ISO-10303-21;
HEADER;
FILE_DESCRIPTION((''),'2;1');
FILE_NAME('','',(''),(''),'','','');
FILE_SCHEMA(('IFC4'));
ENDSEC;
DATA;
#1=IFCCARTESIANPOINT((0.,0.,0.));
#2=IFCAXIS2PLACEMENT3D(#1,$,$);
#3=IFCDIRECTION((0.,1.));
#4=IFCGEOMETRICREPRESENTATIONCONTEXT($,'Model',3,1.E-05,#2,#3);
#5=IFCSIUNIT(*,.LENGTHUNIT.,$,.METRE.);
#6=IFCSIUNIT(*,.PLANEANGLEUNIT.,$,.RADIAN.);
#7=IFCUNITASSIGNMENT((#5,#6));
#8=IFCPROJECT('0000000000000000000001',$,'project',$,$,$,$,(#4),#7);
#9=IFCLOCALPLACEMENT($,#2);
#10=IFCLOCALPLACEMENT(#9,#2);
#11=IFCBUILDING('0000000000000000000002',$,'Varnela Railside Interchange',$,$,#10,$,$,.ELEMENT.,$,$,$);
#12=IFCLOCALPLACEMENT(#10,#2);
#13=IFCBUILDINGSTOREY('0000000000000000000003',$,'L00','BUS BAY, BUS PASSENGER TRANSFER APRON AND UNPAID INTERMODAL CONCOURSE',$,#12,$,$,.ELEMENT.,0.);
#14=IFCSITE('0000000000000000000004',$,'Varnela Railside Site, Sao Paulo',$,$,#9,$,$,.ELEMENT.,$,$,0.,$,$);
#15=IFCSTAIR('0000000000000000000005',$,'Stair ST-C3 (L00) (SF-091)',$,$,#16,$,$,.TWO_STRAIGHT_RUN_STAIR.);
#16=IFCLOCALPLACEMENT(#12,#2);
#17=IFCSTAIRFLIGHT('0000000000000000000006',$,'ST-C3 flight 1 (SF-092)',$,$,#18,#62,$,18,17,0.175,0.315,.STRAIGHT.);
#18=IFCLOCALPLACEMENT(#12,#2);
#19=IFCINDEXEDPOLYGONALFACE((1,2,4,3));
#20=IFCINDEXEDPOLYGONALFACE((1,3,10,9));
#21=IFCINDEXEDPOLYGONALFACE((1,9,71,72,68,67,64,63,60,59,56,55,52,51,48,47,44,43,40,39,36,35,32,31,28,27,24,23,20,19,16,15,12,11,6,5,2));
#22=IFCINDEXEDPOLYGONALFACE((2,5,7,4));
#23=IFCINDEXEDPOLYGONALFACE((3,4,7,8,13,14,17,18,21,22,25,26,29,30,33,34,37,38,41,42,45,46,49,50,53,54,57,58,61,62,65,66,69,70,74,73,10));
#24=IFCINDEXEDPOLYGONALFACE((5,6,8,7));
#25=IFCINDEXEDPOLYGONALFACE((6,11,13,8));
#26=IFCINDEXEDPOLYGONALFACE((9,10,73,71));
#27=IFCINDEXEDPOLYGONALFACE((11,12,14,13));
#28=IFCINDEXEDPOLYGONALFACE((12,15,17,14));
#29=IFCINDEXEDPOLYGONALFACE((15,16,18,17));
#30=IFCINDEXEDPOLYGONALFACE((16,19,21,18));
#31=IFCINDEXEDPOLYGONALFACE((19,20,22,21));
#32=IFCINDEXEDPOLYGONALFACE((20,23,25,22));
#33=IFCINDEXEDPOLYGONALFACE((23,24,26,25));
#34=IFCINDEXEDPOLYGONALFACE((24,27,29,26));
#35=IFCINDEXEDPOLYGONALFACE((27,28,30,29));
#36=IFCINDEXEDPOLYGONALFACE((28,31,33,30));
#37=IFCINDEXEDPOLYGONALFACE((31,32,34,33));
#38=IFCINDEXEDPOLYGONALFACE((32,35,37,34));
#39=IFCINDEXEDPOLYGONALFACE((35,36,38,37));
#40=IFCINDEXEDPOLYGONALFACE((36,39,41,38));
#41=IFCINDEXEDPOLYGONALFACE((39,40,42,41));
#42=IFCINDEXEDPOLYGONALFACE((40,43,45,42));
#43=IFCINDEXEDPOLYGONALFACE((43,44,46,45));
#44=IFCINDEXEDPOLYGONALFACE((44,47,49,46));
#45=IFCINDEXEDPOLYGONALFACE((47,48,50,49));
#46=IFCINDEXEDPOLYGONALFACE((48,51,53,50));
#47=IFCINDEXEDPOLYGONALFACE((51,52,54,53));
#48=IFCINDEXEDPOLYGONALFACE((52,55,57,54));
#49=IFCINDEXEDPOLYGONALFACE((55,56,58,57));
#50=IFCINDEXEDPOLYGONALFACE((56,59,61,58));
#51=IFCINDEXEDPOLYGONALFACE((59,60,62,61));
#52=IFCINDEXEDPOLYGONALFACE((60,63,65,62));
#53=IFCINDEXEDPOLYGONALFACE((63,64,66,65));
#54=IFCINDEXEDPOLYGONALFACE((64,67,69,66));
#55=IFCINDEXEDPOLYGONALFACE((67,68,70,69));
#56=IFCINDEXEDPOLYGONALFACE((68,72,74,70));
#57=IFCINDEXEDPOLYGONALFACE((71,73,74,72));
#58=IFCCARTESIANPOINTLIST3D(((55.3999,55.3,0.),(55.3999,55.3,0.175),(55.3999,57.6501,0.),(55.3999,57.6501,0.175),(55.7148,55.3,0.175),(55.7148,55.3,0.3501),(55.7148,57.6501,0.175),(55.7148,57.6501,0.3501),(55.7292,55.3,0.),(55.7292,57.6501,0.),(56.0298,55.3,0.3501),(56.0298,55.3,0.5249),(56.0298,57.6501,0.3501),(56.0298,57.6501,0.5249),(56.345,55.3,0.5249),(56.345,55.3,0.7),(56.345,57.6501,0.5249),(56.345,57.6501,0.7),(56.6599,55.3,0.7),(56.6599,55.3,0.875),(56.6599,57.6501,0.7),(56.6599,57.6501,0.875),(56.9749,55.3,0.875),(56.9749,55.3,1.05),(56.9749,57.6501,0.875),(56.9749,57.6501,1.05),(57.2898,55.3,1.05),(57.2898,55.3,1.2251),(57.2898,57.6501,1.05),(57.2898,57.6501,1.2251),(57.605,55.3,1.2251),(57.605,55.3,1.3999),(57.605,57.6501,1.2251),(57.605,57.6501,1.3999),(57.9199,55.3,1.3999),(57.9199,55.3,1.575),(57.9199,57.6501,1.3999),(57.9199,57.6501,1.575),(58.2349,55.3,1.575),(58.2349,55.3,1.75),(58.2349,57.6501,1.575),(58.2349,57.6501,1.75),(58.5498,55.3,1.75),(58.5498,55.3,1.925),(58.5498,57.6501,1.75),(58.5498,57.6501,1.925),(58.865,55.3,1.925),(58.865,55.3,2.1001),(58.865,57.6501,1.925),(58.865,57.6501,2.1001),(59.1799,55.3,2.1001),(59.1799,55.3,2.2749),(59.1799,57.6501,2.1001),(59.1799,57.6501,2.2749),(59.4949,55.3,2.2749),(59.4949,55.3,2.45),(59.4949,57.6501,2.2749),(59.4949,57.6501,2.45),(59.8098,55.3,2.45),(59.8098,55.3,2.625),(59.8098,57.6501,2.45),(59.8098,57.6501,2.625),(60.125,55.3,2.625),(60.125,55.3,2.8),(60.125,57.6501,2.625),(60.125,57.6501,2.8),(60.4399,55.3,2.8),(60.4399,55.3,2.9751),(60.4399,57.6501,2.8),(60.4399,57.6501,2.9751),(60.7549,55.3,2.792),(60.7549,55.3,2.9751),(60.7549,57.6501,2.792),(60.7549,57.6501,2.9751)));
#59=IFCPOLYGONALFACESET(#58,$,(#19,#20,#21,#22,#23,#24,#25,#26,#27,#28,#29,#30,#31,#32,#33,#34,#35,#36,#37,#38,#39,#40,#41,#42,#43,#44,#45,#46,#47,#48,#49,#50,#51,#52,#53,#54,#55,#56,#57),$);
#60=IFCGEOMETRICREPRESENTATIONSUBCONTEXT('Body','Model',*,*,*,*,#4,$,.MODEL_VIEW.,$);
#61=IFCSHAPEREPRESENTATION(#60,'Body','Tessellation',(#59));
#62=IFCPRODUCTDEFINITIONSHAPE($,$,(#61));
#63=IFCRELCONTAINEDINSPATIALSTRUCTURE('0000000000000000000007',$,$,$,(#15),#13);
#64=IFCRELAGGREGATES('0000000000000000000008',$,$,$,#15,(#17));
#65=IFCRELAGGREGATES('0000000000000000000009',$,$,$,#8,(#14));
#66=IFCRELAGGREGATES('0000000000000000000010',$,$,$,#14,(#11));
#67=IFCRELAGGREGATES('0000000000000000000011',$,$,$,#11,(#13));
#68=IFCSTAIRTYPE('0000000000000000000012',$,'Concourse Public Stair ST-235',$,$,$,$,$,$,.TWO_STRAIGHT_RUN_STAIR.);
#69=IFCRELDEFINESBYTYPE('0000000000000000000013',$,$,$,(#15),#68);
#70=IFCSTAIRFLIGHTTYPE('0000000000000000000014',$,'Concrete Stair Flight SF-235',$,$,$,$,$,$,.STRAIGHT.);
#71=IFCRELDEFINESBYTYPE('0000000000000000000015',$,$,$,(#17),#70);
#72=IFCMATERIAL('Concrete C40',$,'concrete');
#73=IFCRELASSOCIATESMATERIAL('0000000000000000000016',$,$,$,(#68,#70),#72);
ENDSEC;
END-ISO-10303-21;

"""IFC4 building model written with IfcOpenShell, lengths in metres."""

from ifc_helpers import new_model, si_unit, direction, frame, origin, place, context, subcontext, project, spatial, polyline, outline, extrude, material, type_object, element, aggregate, save


model = new_model("IFC4")

# Units and contexts
model_context = context("Model", 3, precision=1e-05, world=origin(), true_north=direction((0.0, 1.0)))
body_context = subcontext(model_context, "Body", "Model", "MODEL_VIEW")
ifc_project = project(units=[si_unit("LENGTHUNIT", "METRE"), si_unit("PLANEANGLEUNIT", "RADIAN")], contexts=[model_context])

# Site, building, storey
site_placement = place(None, origin())
site = spatial("IfcSite", under=ifc_project, at=site_placement, Name="Varnela Railside Site, Sao Paulo", CompositionType="ELEMENT", RefElevation=0.0)
building_placement = place(site_placement, origin())
building = spatial("IfcBuilding", under=site, at=building_placement, Name="Varnela Railside Interchange", CompositionType="ELEMENT")
storey_placement = place(building_placement, origin())
storey = spatial("IfcBuildingStorey", under=building, at=storey_placement, Name="L00", Description="BUS BAY, BUS PASSENGER TRANSFER APRON AND UNPAID INTERMODAL CONCOURSE", CompositionType="ELEMENT", Elevation=0.0)

# Shared definitions
ifc_material_1 = material(Name="Concrete C40", Category="concrete")

# Stair, stair flight
stair_type = type_object("IfcStairType", Name="Concourse Public Stair ST-235", PredefinedType="TWO_STRAIGHT_RUN_STAIR", material=ifc_material_1)
stair_placement = place(storey_placement, origin())
stair = element("IfcStair", 1, at=stair_placement, inside=storey, type_object=stair_type, Name="Stair ST-C3 (L00) (SF-091)", PredefinedType="TWO_STRAIGHT_RUN_STAIR")
stair_flight_type = type_object("IfcStairFlightType", Name="Concrete Stair Flight SF-235", PredefinedType="STRAIGHT", material=ifc_material_1)
stair_flight_placement = place(storey_placement, frame((55.3999, 56.4751, 0.0), z_axis=(0.0, 0.0, 1.0), x_axis=(1.0, 0.0, 0.0)))
stair_flight = element("IfcStairFlight", 2, at=stair_flight_placement, type_object=stair_flight_type, Name="ST-C3 flight 1 (SF-092)", NumberOfRisers=18, NumberOfTreads=17, PredefinedType="STRAIGHT", RiserHeight=0.175, TreadLength=0.315, context=body_context, shape_type="SweptSolid", body=[
    extrude(outline(polyline([(0.0, 0.0), (0.0, 0.175), (0.3149, 0.175), (0.3149, 0.3501), (0.6299, 0.3501), (0.6299, 0.5249), (0.9451, 0.5249), (0.9451, 0.7), (1.26, 0.7), (1.26, 0.875), (1.575, 0.875), (1.575, 1.05), (1.8899, 1.05), (1.8899, 1.2251), (2.2051, 1.2251), (2.2051, 1.3999), (2.52, 1.3999), (2.52, 1.575), (2.835, 1.575), (2.835, 1.75), (3.1499, 1.75), (3.1499, 1.925), (3.4651, 1.925), (3.4651, 2.1001), (3.78, 2.1001), (3.78, 2.2749), (4.095, 2.2749), (4.095, 2.45), (4.4099, 2.45), (4.4099, 2.625), (4.7251, 2.625), (4.7251, 2.8), (5.04, 2.8), (5.04, 2.9751), (5.355, 2.9751), (5.355, 3.1499), (5.355, 2.792), (0.3293, 0.0), (0.0, 0.0)])), frame((0.0, 1.175, 0.0), z_axis=(0.0, -1.0, 0.0), x_axis=(1.0, 0.0, 0.0)), (0.0, 0.0, 1.0), 2.3501),
])
aggregate(stair, [stair_flight])

save(model, "model.ifc")
